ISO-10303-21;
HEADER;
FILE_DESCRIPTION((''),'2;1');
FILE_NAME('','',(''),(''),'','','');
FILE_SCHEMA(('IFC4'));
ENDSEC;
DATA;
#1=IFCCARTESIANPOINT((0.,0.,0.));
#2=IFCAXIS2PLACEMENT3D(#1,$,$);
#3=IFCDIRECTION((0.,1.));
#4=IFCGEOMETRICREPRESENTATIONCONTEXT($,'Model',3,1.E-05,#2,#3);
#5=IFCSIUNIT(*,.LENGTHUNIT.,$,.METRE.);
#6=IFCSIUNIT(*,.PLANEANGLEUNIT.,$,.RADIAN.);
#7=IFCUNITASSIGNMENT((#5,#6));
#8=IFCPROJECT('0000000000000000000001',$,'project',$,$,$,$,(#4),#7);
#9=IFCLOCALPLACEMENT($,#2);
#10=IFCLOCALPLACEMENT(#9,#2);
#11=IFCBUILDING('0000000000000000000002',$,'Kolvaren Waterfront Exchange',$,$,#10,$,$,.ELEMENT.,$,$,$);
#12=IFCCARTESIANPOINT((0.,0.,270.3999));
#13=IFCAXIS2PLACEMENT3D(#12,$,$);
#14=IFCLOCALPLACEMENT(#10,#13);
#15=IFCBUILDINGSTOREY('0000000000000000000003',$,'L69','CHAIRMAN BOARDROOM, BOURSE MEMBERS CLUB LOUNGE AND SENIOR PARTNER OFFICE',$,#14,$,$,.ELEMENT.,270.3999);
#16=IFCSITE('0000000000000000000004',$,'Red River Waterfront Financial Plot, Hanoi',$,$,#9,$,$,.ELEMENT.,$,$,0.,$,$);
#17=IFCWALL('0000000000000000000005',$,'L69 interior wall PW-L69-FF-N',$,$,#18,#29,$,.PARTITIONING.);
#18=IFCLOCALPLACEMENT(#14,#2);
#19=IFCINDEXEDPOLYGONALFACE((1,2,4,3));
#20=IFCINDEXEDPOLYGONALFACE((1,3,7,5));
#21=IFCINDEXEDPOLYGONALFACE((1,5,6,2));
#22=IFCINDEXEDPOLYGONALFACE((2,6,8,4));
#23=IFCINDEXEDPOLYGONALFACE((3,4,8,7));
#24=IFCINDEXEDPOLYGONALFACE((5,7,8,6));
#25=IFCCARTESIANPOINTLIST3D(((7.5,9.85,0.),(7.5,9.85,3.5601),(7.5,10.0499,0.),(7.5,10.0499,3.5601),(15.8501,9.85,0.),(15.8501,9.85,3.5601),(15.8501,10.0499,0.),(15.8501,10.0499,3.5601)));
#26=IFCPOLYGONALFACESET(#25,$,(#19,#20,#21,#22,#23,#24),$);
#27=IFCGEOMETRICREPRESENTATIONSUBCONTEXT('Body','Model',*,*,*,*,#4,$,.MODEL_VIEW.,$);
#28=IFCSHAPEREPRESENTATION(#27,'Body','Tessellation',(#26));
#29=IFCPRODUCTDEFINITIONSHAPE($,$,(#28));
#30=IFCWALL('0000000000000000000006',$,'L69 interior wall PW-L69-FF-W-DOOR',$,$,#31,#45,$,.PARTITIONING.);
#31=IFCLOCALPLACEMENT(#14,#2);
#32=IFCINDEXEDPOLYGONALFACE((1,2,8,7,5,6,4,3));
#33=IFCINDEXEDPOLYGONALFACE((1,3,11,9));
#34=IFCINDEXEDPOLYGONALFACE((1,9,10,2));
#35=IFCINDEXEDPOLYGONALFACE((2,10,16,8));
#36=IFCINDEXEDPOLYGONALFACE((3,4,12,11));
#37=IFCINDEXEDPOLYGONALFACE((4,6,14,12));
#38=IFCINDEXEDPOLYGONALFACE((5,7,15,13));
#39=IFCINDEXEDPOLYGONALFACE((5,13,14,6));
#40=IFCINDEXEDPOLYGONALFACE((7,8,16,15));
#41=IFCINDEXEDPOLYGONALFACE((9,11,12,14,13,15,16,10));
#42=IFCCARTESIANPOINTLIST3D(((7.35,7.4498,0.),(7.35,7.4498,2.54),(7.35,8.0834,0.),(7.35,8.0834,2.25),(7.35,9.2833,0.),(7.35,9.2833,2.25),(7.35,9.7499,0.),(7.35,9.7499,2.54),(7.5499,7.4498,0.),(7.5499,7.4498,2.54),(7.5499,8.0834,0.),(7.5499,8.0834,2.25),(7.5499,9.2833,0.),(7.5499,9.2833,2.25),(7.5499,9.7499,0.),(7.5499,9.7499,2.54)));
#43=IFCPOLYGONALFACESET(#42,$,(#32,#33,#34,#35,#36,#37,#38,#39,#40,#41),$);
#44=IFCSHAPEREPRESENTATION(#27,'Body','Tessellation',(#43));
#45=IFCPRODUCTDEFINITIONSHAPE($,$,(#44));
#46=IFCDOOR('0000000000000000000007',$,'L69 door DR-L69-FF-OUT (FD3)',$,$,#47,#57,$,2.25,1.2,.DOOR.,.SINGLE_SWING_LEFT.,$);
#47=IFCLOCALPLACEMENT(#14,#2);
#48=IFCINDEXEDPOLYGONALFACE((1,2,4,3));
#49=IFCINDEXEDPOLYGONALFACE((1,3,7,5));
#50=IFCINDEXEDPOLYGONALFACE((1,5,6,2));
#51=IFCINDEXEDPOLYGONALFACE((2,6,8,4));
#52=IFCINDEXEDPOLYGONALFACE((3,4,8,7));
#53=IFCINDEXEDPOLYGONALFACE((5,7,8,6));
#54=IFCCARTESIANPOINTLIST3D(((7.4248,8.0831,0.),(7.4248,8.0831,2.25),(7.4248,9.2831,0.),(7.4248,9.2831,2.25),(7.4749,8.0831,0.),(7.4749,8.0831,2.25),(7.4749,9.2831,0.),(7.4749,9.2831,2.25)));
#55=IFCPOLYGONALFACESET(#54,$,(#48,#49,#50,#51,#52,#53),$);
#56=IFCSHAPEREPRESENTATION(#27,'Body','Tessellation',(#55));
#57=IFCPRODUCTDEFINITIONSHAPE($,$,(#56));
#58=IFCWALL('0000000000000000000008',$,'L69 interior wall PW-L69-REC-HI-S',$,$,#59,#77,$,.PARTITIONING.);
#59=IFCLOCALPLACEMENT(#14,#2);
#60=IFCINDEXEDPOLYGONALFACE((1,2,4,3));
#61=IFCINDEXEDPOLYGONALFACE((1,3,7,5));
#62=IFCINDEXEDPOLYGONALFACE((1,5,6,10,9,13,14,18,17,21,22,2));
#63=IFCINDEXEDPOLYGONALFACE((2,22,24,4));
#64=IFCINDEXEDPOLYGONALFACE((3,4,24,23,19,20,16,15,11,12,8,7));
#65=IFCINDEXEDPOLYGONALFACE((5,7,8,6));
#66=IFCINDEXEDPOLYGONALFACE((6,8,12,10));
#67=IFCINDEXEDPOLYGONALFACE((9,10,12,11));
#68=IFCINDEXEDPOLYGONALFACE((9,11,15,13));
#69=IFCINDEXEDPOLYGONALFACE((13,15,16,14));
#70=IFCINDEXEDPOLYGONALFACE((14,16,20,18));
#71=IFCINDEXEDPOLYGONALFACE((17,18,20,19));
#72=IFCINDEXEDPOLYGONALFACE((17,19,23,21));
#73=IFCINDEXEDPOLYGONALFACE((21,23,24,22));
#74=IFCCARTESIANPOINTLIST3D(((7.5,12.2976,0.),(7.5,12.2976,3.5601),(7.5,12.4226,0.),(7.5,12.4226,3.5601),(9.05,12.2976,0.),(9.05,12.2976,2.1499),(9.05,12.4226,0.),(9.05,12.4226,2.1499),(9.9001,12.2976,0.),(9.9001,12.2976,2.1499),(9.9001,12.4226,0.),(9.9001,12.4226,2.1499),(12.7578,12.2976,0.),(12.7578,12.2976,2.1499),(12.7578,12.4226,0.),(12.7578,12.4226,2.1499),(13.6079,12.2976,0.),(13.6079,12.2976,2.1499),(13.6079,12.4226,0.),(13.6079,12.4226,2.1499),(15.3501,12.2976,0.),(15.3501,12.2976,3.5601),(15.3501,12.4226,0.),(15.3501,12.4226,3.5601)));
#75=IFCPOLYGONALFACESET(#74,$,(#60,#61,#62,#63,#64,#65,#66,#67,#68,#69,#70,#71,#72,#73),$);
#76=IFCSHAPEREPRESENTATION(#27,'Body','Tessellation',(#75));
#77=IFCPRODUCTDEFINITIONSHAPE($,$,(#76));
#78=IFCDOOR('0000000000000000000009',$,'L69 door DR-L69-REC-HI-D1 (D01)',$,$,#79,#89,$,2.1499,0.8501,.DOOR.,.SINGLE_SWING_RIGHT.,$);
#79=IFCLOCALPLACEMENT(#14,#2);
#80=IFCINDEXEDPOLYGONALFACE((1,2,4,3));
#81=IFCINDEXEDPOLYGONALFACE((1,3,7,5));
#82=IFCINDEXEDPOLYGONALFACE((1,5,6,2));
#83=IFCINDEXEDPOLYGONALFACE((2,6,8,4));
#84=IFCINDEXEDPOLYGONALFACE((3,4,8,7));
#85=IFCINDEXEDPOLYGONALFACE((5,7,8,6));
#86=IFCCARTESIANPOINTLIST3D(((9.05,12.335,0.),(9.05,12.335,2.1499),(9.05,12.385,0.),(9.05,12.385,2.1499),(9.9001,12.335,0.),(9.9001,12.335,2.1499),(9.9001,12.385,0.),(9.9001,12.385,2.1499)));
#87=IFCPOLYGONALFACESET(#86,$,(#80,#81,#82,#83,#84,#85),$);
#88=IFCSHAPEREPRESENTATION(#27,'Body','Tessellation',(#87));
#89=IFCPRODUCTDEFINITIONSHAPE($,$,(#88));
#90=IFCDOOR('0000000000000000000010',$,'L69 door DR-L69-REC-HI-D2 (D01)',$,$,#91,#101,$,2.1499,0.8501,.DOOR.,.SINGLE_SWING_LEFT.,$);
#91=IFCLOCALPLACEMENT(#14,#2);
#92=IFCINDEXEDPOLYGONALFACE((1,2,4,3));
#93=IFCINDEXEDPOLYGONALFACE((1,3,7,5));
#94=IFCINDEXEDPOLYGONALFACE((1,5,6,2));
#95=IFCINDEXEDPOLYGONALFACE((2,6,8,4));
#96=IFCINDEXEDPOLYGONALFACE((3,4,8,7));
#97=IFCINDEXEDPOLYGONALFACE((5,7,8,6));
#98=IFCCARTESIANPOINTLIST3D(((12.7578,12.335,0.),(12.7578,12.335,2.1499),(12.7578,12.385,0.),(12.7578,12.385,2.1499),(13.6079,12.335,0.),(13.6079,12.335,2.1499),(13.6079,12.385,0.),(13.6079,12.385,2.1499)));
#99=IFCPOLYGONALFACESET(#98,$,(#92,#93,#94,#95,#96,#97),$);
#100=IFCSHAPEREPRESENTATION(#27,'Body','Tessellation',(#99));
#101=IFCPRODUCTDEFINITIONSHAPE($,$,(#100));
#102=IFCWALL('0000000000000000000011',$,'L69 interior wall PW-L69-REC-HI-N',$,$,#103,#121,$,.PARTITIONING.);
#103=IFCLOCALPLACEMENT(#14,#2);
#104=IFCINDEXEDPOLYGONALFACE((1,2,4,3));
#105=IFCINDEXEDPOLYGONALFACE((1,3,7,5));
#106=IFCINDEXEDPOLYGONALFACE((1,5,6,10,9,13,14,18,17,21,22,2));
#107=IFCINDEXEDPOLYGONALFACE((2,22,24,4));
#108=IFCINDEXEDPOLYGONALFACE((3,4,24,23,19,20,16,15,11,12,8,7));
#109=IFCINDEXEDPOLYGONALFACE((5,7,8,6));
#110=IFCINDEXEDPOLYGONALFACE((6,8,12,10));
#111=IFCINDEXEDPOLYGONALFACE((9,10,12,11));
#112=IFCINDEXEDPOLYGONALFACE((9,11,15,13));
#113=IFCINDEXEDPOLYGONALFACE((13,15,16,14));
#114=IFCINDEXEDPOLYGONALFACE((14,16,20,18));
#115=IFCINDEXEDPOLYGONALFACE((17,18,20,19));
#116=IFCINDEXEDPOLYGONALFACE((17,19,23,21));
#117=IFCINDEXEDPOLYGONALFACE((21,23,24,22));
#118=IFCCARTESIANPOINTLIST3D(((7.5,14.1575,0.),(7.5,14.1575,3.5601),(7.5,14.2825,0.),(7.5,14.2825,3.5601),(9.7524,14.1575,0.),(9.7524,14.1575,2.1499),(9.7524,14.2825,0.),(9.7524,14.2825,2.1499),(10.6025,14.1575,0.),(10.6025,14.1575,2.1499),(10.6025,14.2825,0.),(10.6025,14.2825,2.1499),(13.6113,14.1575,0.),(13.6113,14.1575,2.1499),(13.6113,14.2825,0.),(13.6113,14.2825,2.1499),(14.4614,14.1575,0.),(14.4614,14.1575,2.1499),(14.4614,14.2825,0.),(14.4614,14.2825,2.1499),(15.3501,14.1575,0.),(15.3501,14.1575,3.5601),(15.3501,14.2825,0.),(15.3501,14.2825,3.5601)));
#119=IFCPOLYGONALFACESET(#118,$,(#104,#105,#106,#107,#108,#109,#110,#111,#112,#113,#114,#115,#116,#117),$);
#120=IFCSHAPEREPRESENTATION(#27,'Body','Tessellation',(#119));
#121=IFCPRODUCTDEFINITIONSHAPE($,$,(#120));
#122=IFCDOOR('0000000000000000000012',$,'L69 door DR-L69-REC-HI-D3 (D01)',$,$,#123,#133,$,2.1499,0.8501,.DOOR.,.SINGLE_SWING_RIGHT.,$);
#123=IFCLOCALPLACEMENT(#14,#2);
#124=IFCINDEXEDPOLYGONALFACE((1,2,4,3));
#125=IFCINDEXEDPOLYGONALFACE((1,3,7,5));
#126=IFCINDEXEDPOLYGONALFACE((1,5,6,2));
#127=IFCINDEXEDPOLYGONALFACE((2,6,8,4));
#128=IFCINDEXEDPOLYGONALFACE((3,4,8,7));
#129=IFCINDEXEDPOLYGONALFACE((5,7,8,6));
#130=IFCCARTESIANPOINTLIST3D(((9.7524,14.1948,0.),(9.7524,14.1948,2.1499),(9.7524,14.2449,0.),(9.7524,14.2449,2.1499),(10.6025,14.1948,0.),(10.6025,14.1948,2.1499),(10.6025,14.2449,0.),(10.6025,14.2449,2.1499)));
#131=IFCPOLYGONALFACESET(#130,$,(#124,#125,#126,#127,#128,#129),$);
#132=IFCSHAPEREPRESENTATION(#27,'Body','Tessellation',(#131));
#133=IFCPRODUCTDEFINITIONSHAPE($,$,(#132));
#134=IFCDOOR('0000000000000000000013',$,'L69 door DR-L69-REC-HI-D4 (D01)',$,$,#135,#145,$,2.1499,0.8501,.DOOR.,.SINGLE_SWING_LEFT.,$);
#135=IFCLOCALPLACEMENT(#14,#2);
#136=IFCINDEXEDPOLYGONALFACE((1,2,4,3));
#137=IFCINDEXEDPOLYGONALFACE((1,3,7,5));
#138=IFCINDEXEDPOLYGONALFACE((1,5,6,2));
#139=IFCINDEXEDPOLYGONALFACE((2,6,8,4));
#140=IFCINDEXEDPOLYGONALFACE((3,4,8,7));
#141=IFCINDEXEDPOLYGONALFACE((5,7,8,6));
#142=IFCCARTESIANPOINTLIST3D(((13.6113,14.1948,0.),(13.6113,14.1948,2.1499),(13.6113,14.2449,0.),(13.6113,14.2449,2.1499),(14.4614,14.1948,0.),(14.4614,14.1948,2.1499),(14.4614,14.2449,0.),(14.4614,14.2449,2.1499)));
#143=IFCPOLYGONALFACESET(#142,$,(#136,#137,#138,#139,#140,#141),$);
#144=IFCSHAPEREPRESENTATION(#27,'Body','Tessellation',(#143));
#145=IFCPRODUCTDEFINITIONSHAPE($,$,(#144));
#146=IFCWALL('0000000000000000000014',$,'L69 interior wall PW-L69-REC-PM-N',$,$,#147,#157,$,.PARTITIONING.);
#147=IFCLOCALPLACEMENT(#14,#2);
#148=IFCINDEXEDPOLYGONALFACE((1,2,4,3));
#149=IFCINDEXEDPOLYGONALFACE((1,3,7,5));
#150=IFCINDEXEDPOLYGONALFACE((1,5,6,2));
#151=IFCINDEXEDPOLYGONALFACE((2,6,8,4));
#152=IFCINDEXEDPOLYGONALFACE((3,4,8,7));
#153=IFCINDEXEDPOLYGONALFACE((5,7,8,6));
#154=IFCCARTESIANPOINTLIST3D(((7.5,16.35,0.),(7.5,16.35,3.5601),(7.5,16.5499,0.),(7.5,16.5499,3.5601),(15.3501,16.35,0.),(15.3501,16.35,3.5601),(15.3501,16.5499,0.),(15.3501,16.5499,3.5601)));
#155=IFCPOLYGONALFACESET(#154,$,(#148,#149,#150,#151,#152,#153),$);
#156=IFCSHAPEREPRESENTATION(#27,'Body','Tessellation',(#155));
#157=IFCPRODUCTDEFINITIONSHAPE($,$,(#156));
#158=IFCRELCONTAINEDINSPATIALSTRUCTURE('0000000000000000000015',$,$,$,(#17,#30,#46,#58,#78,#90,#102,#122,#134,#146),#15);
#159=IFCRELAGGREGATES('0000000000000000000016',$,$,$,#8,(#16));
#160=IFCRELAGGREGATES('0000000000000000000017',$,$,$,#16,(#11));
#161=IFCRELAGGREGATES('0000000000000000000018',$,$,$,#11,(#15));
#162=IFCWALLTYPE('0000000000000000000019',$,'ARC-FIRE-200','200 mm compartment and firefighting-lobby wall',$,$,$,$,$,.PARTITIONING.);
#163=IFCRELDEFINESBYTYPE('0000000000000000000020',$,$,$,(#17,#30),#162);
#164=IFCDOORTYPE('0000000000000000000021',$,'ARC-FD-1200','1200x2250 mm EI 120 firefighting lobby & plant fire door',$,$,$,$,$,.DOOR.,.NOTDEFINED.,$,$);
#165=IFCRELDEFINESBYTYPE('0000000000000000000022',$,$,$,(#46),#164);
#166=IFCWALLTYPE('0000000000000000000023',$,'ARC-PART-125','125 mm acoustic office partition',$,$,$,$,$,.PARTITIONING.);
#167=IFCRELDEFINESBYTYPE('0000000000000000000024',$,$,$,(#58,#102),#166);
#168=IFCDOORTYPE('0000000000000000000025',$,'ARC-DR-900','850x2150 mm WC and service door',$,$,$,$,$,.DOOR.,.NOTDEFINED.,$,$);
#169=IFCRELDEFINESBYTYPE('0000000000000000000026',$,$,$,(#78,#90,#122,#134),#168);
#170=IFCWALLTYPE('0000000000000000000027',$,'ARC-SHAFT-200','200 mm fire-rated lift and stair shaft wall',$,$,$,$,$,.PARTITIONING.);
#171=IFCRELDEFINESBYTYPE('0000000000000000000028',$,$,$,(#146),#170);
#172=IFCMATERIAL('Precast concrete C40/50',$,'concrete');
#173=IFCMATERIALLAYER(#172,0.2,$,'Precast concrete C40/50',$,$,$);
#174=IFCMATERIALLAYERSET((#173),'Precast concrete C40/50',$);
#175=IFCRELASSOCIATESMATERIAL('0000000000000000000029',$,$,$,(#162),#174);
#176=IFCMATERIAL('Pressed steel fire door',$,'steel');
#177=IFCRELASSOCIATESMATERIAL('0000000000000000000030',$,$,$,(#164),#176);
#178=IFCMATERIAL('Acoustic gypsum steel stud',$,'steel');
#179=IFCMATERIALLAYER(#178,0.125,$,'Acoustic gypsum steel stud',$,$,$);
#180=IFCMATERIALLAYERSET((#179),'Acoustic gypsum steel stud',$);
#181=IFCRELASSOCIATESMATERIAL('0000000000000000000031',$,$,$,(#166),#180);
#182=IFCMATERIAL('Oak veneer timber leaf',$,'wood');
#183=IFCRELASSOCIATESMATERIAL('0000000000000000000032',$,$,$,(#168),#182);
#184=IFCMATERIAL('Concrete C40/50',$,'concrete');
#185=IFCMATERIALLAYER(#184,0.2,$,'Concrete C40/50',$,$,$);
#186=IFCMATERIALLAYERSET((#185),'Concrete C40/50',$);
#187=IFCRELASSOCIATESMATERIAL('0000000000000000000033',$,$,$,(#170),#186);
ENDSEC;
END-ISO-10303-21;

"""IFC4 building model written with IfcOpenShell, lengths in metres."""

from ifc_helpers import new_model, si_unit, direction, frame, frame_2d, origin, place, context, subcontext, project, spatial, rectangle, extrude, material, layer, layer_set, type_object, element, fill, save


model = new_model("IFC4")

# Units and contexts
model_context = context("Model", 3, precision=1e-05, world=origin(), true_north=direction((0.0, 1.0)))
body_context = subcontext(model_context, "Body", "Model", "MODEL_VIEW")
ifc_project = project(units=[si_unit("LENGTHUNIT", "METRE"), si_unit("PLANEANGLEUNIT", "RADIAN")], contexts=[model_context])

# Site, building, storey
site_placement = place(None, origin())
site = spatial("IfcSite", under=ifc_project, at=site_placement, Name="Red River Waterfront Financial Plot, Hanoi", CompositionType="ELEMENT", RefElevation=0.0)
building_placement = place(site_placement, origin())
building = spatial("IfcBuilding", under=site, at=building_placement, Name="Kolvaren Waterfront Exchange", CompositionType="ELEMENT")
storey_placement = place(building_placement, frame((0.0, 0.0, 270.3999)))
storey = spatial("IfcBuildingStorey", under=building, at=storey_placement, Name="L69", Description="CHAIRMAN BOARDROOM, BOURSE MEMBERS CLUB LOUNGE AND SENIOR PARTNER OFFICE", CompositionType="ELEMENT", Elevation=270.3999)

# Wall
ifc_material_1 = material(Name="Precast concrete C40/50", Category="concrete")
ifc_layer_1 = layer(ifc_material_1, 0.2, Name="Precast concrete C40/50")
ifc_layer_set_1 = layer_set([ifc_layer_1], Name="Precast concrete C40/50")
wall_type_1 = type_object("IfcWallType", Name="ARC-FIRE-200", Description="200 mm compartment and firefighting-lobby wall", PredefinedType="PARTITIONING", material=ifc_layer_set_1)
wall_1_placement = place(storey_placement, frame((7.5, 9.95, 0.0), z_axis=(0.0, 0.0, 1.0), x_axis=(1.0, 0.0, 0.0)))
element("IfcWall", 1, at=wall_1_placement, inside=storey, type_object=wall_type_1, Name="L69 interior wall PW-L69-FF-N", PredefinedType="PARTITIONING", context=body_context, shape_type="SweptSolid", body=[
    extrude(rectangle(XDim=8.3501, YDim=0.2, at=frame_2d((4.175, 0.0))), origin(), (0.0, 0.0, 1.0), 3.5601),
])

# Wall, opening, door
wall_2_placement = place(storey_placement, frame((7.45, 7.45, 0.0), z_axis=(0.0, 0.0, 1.0), x_axis=(0.0, 1.0, 0.0)))
wall_2 = element("IfcWall", 2, at=wall_2_placement, inside=storey, type_object=wall_type_1, Name="L69 interior wall PW-L69-FF-W-DOOR", PredefinedType="PARTITIONING", context=body_context, shape_type="SweptSolid", body=[
    extrude(rectangle(XDim=2.3, YDim=0.2, at=frame_2d((1.1499, 0.0))), origin(), (0.0, 0.0, 1.0), 2.54),
])
opening_1_placement = place(wall_2_placement, frame((0.6333, 0.0, 0.0)))
opening_1 = element("IfcOpeningElement", 3, at=opening_1_placement, cuts=wall_2, PredefinedType="OPENING", context=body_context, shape_type="SweptSolid", body=[
    extrude(rectangle(XDim=1.2, YDim=2.25, at=frame_2d((0.6001, 1.125))), frame((0.0, 0.1099, 0.0), z_axis=(0.0, -1.0, 0.0), x_axis=(1.0, 0.0, 0.0)), (0.0, 0.0, 1.0), 0.22),
])
ifc_material_2 = material(Name="Pressed steel fire door", Category="steel")
door_type_1 = type_object("IfcDoorType", Name="ARC-FD-1200", Description="1200x2250 mm EI 120 firefighting lobby & plant fire door", OperationType="NOTDEFINED", PredefinedType="DOOR", material=ifc_material_2)
door_1_placement = place(opening_1_placement, frame((1.2, 0.0, 0.0), z_axis=(0.0, 0.0, 1.0), x_axis=(-1.0, 0.0, 0.0)))
door_1 = element("IfcDoor", 4, at=door_1_placement, inside=storey, type_object=door_type_1, Name="L69 door DR-L69-FF-OUT (FD3)", OperationType="SINGLE_SWING_LEFT", OverallHeight=2.25, OverallWidth=1.2, PredefinedType="DOOR", context=body_context, shape_type="SweptSolid", body=[
    extrude(rectangle(XDim=1.2, YDim=2.25, at=frame_2d((0.6001, 1.125))), frame((0.0, 0.0249, 0.0), z_axis=(0.0, -1.0, 0.0), x_axis=(1.0, 0.0, 0.0)), (0.0, 0.0, 1.0), 0.05),
])
fill(opening_1, door_1)

# Walls, openings, doors
ifc_material_3 = material(Name="Acoustic gypsum steel stud", Category="steel")
ifc_layer_2 = layer(ifc_material_3, 0.125, Name="Acoustic gypsum steel stud")
ifc_layer_set_2 = layer_set([ifc_layer_2], Name="Acoustic gypsum steel stud")
wall_type_2 = type_object("IfcWallType", Name="ARC-PART-125", Description="125 mm acoustic office partition", PredefinedType="PARTITIONING", material=ifc_layer_set_2)
wall_3_placement = place(storey_placement, frame((7.5, 12.3601, 0.0), z_axis=(0.0, 0.0, 1.0), x_axis=(1.0, 0.0, 0.0)))
wall_3 = element("IfcWall", 5, at=wall_3_placement, inside=storey, type_object=wall_type_2, Name="L69 interior wall PW-L69-REC-HI-S", PredefinedType="PARTITIONING", context=body_context, shape_type="SweptSolid", body=[
    extrude(rectangle(XDim=7.8501, YDim=0.125, at=frame_2d((3.925, 0.0))), origin(), (0.0, 0.0, 1.0), 3.5601),
])
opening_2_placement = place(wall_3_placement, frame((1.55, 0.0, 0.0)))
opening_2 = element("IfcOpeningElement", 6, at=opening_2_placement, cuts=wall_3, PredefinedType="OPENING", context=body_context, shape_type="SweptSolid", body=[
    extrude(rectangle(XDim=0.8501, YDim=2.1499, at=frame_2d((0.425, 1.075))), frame((0.0, 0.0725, 0.0), z_axis=(0.0, -1.0, 0.0), x_axis=(1.0, 0.0, 0.0)), (0.0, 0.0, 1.0), 0.145),
])
opening_3_placement = place(wall_3_placement, frame((5.2578, 0.0, 0.0)))
opening_3 = element("IfcOpeningElement", 7, at=opening_3_placement, cuts=wall_3, PredefinedType="OPENING", context=body_context, shape_type="SweptSolid", body=[
    extrude(rectangle(XDim=0.8501, YDim=2.1499, at=frame_2d((0.425, 1.075))), frame((0.0, 0.0725, 0.0), z_axis=(0.0, -1.0, 0.0), x_axis=(1.0, 0.0, 0.0)), (0.0, 0.0, 1.0), 0.145),
])
ifc_material_4 = material(Name="Oak veneer timber leaf", Category="wood")
door_type_2 = type_object("IfcDoorType", Name="ARC-DR-900", Description="850x2150 mm WC and service door", OperationType="NOTDEFINED", PredefinedType="DOOR", material=ifc_material_4)
door_2_placement = place(opening_2_placement, origin())
door_2 = element("IfcDoor", 8, at=door_2_placement, inside=storey, type_object=door_type_2, Name="L69 door DR-L69-REC-HI-D1 (D01)", OperationType="SINGLE_SWING_RIGHT", OverallHeight=2.1499, OverallWidth=0.8501, PredefinedType="DOOR", context=body_context, shape_type="SweptSolid", body=[
    extrude(rectangle(XDim=0.8501, YDim=2.1499, at=frame_2d((0.425, 1.075))), frame((0.0, 0.0249, 0.0), z_axis=(0.0, -1.0, 0.0), x_axis=(1.0, 0.0, 0.0)), (0.0, 0.0, 1.0), 0.05),
])
fill(opening_2, door_2)
door_3_placement = place(opening_3_placement, origin())
door_3 = element("IfcDoor", 9, at=door_3_placement, inside=storey, type_object=door_type_2, Name="L69 door DR-L69-REC-HI-D2 (D01)", OperationType="SINGLE_SWING_LEFT", OverallHeight=2.1499, OverallWidth=0.8501, PredefinedType="DOOR", context=body_context, shape_type="SweptSolid", body=[
    extrude(rectangle(XDim=0.8501, YDim=2.1499, at=frame_2d((0.425, 1.075))), frame((0.0, 0.0249, 0.0), z_axis=(0.0, -1.0, 0.0), x_axis=(1.0, 0.0, 0.0)), (0.0, 0.0, 1.0), 0.05),
])
fill(opening_3, door_3)
wall_4_placement = place(storey_placement, frame((7.5, 14.22, 0.0), z_axis=(0.0, 0.0, 1.0), x_axis=(1.0, 0.0, 0.0)))
wall_4 = element("IfcWall", 10, at=wall_4_placement, inside=storey, type_object=wall_type_2, Name="L69 interior wall PW-L69-REC-HI-N", PredefinedType="PARTITIONING", context=body_context, shape_type="SweptSolid", body=[
    extrude(rectangle(XDim=7.8501, YDim=0.125, at=frame_2d((3.925, 0.0))), origin(), (0.0, 0.0, 1.0), 3.5601),
])
opening_4_placement = place(wall_4_placement, frame((2.2524, 0.0, 0.0)))
opening_4 = element("IfcOpeningElement", 11, at=opening_4_placement, cuts=wall_4, PredefinedType="OPENING", context=body_context, shape_type="SweptSolid", body=[
    extrude(rectangle(XDim=0.8501, YDim=2.1499, at=frame_2d((0.425, 1.075))), frame((0.0, 0.0725, 0.0), z_axis=(0.0, -1.0, 0.0), x_axis=(1.0, 0.0, 0.0)), (0.0, 0.0, 1.0), 0.145),
])
opening_5_placement = place(wall_4_placement, frame((6.1113, 0.0, 0.0)))
opening_5 = element("IfcOpeningElement", 12, at=opening_5_placement, cuts=wall_4, PredefinedType="OPENING", context=body_context, shape_type="SweptSolid", body=[
    extrude(rectangle(XDim=0.8501, YDim=2.1499, at=frame_2d((0.425, 1.075))), frame((0.0, 0.0725, 0.0), z_axis=(0.0, -1.0, 0.0), x_axis=(1.0, 0.0, 0.0)), (0.0, 0.0, 1.0), 0.145),
])
door_4_placement = place(opening_4_placement, origin())
door_4 = element("IfcDoor", 13, at=door_4_placement, inside=storey, type_object=door_type_2, Name="L69 door DR-L69-REC-HI-D3 (D01)", OperationType="SINGLE_SWING_RIGHT", OverallHeight=2.1499, OverallWidth=0.8501, PredefinedType="DOOR", context=body_context, shape_type="SweptSolid", body=[
    extrude(rectangle(XDim=0.8501, YDim=2.1499, at=frame_2d((0.425, 1.075))), frame((0.0, 0.0249, 0.0), z_axis=(0.0, -1.0, 0.0), x_axis=(1.0, 0.0, 0.0)), (0.0, 0.0, 1.0), 0.05),
])
fill(opening_4, door_4)
door_5_placement = place(opening_5_placement, origin())
door_5 = element("IfcDoor", 14, at=door_5_placement, inside=storey, type_object=door_type_2, Name="L69 door DR-L69-REC-HI-D4 (D01)", OperationType="SINGLE_SWING_LEFT", OverallHeight=2.1499, OverallWidth=0.8501, PredefinedType="DOOR", context=body_context, shape_type="SweptSolid", body=[
    extrude(rectangle(XDim=0.8501, YDim=2.1499, at=frame_2d((0.425, 1.075))), frame((0.0, 0.0249, 0.0), z_axis=(0.0, -1.0, 0.0), x_axis=(1.0, 0.0, 0.0)), (0.0, 0.0, 1.0), 0.05),
])
fill(opening_5, door_5)

# Wall
ifc_material_5 = material(Name="Concrete C40/50", Category="concrete")
ifc_layer_3 = layer(ifc_material_5, 0.2, Name="Concrete C40/50")
ifc_layer_set_3 = layer_set([ifc_layer_3], Name="Concrete C40/50")
wall_type_3 = type_object("IfcWallType", Name="ARC-SHAFT-200", Description="200 mm fire-rated lift and stair shaft wall", PredefinedType="PARTITIONING", material=ifc_layer_set_3)
wall_5_placement = place(storey_placement, frame((7.5, 16.45, 0.0), z_axis=(0.0, 0.0, 1.0), x_axis=(1.0, 0.0, 0.0)))
element("IfcWall", 15, at=wall_5_placement, inside=storey, type_object=wall_type_3, Name="L69 interior wall PW-L69-REC-PM-N", PredefinedType="PARTITIONING", context=body_context, shape_type="SweptSolid", body=[
    extrude(rectangle(XDim=7.8501, YDim=0.2, at=frame_2d((3.925, 0.0))), origin(), (0.0, 0.0, 1.0), 3.5601),
])

save(model, "model.ifc")
